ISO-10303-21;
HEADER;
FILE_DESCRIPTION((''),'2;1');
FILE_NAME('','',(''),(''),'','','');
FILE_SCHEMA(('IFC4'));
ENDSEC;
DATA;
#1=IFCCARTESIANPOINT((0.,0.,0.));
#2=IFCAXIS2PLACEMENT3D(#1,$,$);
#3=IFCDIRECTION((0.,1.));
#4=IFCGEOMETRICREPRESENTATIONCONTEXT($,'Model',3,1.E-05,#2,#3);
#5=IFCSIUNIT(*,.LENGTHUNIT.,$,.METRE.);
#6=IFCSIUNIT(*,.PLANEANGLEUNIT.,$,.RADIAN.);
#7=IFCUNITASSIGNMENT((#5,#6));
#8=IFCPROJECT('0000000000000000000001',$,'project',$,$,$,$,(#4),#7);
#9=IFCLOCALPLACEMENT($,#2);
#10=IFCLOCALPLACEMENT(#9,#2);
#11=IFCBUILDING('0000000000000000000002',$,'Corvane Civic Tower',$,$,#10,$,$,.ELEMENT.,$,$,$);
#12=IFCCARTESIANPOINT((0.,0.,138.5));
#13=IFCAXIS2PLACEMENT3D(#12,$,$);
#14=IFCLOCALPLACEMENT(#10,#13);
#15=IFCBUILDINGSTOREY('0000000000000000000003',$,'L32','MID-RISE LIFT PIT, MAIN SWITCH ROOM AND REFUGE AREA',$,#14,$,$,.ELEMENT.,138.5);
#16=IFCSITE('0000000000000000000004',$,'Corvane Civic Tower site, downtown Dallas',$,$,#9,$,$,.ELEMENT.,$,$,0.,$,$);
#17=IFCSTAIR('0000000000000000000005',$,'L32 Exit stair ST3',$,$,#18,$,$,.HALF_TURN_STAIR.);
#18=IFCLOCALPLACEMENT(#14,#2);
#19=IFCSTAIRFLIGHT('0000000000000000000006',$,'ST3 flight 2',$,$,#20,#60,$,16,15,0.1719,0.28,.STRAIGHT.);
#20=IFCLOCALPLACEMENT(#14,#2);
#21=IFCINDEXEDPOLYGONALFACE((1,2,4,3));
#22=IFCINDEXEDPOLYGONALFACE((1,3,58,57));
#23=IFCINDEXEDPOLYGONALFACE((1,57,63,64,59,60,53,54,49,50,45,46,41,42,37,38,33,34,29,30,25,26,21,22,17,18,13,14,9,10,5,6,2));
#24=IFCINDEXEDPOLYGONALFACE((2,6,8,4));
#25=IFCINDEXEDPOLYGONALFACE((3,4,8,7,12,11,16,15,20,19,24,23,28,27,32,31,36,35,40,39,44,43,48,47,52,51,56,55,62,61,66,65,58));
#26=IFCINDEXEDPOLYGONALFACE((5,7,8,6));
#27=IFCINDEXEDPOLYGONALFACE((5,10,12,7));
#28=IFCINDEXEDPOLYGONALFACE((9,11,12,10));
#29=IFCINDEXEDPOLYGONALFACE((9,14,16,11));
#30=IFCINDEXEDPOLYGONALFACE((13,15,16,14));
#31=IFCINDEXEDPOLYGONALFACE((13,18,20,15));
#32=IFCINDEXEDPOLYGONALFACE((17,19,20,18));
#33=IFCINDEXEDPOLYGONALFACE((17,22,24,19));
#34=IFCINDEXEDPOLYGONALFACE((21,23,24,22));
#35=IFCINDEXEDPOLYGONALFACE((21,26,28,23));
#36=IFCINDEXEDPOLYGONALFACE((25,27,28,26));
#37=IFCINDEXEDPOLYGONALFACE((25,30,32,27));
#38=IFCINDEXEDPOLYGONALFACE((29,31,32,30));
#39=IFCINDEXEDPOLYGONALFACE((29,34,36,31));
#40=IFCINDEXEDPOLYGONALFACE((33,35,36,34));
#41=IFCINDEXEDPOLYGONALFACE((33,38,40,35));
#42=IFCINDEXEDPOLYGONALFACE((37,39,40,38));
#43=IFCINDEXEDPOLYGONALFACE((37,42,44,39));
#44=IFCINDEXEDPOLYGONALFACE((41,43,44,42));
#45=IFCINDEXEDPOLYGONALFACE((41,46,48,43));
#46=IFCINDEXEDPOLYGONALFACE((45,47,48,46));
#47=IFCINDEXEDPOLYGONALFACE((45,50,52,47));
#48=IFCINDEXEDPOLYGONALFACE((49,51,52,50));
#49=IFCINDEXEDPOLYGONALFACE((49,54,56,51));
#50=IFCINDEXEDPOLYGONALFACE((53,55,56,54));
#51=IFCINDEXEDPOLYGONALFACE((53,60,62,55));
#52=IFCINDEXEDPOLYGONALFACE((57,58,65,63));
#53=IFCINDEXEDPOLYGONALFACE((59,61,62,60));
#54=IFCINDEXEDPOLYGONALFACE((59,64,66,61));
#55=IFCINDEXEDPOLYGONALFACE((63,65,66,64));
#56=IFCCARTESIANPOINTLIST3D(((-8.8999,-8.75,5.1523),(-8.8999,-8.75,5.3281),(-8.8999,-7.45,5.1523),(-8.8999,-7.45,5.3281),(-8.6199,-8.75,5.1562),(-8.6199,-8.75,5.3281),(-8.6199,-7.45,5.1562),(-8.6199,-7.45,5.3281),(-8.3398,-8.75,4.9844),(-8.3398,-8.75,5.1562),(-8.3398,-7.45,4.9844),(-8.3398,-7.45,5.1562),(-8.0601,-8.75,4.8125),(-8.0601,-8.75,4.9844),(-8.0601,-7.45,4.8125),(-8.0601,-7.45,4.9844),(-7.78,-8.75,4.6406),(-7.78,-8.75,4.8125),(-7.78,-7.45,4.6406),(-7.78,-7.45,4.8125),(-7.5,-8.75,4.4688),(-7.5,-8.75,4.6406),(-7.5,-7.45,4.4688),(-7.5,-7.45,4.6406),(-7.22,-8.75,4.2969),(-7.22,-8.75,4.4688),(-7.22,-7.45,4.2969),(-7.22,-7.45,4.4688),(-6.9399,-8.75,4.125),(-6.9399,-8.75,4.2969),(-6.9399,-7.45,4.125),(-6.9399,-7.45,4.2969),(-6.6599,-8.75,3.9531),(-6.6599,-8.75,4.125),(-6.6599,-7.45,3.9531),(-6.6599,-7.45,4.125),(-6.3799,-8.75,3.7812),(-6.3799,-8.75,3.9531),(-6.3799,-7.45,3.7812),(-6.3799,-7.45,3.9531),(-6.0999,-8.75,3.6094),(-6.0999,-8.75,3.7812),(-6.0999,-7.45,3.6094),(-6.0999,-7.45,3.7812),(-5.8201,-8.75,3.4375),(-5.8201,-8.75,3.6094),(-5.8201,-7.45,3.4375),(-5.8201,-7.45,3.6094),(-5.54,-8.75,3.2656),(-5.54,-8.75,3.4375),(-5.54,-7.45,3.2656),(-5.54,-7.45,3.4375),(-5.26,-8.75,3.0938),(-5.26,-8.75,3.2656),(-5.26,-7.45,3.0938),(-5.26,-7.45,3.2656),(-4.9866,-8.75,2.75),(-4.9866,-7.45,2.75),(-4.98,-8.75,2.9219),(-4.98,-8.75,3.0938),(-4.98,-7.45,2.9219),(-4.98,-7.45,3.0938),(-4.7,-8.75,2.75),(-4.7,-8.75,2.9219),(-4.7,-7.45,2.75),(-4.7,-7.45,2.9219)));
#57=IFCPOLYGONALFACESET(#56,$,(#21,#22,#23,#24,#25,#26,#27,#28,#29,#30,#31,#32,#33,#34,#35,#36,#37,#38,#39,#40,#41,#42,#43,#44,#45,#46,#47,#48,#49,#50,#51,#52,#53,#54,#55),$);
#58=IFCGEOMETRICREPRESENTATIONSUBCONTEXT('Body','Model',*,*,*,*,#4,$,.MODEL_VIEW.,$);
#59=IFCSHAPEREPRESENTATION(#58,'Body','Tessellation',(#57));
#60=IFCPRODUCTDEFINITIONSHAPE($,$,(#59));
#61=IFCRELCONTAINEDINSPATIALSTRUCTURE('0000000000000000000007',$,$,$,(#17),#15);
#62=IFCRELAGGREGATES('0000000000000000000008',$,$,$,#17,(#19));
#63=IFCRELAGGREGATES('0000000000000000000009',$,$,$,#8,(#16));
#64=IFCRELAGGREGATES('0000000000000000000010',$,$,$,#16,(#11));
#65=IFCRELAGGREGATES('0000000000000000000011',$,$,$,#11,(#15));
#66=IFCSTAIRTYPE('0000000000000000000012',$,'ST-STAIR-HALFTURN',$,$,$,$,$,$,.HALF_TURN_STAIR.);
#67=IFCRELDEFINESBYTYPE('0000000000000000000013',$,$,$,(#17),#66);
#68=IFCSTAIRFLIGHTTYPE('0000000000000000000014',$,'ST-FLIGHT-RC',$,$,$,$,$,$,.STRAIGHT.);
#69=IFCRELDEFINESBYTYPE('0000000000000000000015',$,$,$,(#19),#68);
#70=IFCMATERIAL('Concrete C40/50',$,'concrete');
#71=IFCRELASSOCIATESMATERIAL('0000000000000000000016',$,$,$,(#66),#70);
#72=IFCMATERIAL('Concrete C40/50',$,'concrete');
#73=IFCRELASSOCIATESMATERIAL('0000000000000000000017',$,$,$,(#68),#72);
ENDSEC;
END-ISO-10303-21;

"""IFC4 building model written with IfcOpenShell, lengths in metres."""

from ifc_helpers import new_model, si_unit, direction, frame, origin, place, context, subcontext, project, spatial, polyline, outline, extrude, material, type_object, element, aggregate, save


model = new_model("IFC4")

# Units and contexts
model_context = context("Model", 3, precision=1e-05, world=origin(), true_north=direction((0.0, 1.0)))
body_context = subcontext(model_context, "Body", "Model", "MODEL_VIEW")
ifc_project = project(units=[si_unit("LENGTHUNIT", "METRE"), si_unit("PLANEANGLEUNIT", "RADIAN")], contexts=[model_context])

# Site, building, storey
site_placement = place(None, origin())
site = spatial("IfcSite", under=ifc_project, at=site_placement, Name="Corvane Civic Tower site, downtown Dallas", CompositionType="ELEMENT", RefElevation=0.0)
building_placement = place(site_placement, origin())
building = spatial("IfcBuilding", under=site, at=building_placement, Name="Corvane Civic Tower", CompositionType="ELEMENT")
storey_placement = place(building_placement, frame((0.0, 0.0, 138.5)))
storey = spatial("IfcBuildingStorey", under=building, at=storey_placement, Name="L32", Description="MID-RISE LIFT PIT, MAIN SWITCH ROOM AND REFUGE AREA", CompositionType="ELEMENT", Elevation=138.5)

# Stair, stair flight
ifc_material_1 = material(Name="Concrete C40/50", Category="concrete")
stair_type = type_object("IfcStairType", Name="ST-STAIR-HALFTURN", PredefinedType="HALF_TURN_STAIR", material=ifc_material_1)
stair_placement = place(storey_placement, origin())
stair = element("IfcStair", 1, at=stair_placement, inside=storey, type_object=stair_type, Name="L32 Exit stair ST3", PredefinedType="HALF_TURN_STAIR")
ifc_material_2 = material(Name="Concrete C40/50", Category="concrete")
stair_flight_type = type_object("IfcStairFlightType", Name="ST-FLIGHT-RC", PredefinedType="STRAIGHT", material=ifc_material_2)
stair_flight_1_placement = place(storey_placement, frame((-4.7, -8.1001, 2.75), z_axis=(0.0, 0.0, 1.0), x_axis=(-1.0, 0.0, 0.0)))
stair_flight_1 = element("IfcStairFlight", 2, at=stair_flight_1_placement, type_object=stair_flight_type, Name="ST3 flight 2", NumberOfRisers=16, NumberOfTreads=15, PredefinedType="STRAIGHT", RiserHeight=0.1719, TreadLength=0.28, context=body_context, shape_type="SweptSolid", body=[
    extrude(outline(polyline([(0.0, 0.0), (0.0, 0.1719), (0.28, 0.1719), (0.28, 0.3438), (0.5601, 0.3438), (0.5601, 0.5156), (0.8401, 0.5156), (0.8401, 0.6875), (1.1201, 0.6875), (1.1201, 0.8594), (1.3999, 0.8594), (1.3999, 1.0312), (1.6799, 1.0312), (1.6799, 1.2031), (1.96, 1.2031), (1.96, 1.375), (2.24, 1.375), (2.24, 1.5469), (2.52, 1.5469), (2.52, 1.7188), (2.8, 1.7188), (2.8, 1.8906), (3.0801, 1.8906), (3.0801, 2.0625), (3.3601, 2.0625), (3.3601, 2.2344), (3.6399, 2.2344), (3.6399, 2.4062), (3.9199, 2.4062), (3.9199, 2.5781), (4.2, 2.5781), (4.2, 2.75), (4.2, 2.4023), (0.2866, 0.0), (0.0, 0.0)])), frame((0.0, 0.6499, 0.0), z_axis=(0.0, -1.0, 0.0), x_axis=(1.0, 0.0, 0.0)), (0.0, 0.0, 1.0), 1.3),
])
aggregate(stair, [stair_flight_1])

save(model, "model.ifc")
